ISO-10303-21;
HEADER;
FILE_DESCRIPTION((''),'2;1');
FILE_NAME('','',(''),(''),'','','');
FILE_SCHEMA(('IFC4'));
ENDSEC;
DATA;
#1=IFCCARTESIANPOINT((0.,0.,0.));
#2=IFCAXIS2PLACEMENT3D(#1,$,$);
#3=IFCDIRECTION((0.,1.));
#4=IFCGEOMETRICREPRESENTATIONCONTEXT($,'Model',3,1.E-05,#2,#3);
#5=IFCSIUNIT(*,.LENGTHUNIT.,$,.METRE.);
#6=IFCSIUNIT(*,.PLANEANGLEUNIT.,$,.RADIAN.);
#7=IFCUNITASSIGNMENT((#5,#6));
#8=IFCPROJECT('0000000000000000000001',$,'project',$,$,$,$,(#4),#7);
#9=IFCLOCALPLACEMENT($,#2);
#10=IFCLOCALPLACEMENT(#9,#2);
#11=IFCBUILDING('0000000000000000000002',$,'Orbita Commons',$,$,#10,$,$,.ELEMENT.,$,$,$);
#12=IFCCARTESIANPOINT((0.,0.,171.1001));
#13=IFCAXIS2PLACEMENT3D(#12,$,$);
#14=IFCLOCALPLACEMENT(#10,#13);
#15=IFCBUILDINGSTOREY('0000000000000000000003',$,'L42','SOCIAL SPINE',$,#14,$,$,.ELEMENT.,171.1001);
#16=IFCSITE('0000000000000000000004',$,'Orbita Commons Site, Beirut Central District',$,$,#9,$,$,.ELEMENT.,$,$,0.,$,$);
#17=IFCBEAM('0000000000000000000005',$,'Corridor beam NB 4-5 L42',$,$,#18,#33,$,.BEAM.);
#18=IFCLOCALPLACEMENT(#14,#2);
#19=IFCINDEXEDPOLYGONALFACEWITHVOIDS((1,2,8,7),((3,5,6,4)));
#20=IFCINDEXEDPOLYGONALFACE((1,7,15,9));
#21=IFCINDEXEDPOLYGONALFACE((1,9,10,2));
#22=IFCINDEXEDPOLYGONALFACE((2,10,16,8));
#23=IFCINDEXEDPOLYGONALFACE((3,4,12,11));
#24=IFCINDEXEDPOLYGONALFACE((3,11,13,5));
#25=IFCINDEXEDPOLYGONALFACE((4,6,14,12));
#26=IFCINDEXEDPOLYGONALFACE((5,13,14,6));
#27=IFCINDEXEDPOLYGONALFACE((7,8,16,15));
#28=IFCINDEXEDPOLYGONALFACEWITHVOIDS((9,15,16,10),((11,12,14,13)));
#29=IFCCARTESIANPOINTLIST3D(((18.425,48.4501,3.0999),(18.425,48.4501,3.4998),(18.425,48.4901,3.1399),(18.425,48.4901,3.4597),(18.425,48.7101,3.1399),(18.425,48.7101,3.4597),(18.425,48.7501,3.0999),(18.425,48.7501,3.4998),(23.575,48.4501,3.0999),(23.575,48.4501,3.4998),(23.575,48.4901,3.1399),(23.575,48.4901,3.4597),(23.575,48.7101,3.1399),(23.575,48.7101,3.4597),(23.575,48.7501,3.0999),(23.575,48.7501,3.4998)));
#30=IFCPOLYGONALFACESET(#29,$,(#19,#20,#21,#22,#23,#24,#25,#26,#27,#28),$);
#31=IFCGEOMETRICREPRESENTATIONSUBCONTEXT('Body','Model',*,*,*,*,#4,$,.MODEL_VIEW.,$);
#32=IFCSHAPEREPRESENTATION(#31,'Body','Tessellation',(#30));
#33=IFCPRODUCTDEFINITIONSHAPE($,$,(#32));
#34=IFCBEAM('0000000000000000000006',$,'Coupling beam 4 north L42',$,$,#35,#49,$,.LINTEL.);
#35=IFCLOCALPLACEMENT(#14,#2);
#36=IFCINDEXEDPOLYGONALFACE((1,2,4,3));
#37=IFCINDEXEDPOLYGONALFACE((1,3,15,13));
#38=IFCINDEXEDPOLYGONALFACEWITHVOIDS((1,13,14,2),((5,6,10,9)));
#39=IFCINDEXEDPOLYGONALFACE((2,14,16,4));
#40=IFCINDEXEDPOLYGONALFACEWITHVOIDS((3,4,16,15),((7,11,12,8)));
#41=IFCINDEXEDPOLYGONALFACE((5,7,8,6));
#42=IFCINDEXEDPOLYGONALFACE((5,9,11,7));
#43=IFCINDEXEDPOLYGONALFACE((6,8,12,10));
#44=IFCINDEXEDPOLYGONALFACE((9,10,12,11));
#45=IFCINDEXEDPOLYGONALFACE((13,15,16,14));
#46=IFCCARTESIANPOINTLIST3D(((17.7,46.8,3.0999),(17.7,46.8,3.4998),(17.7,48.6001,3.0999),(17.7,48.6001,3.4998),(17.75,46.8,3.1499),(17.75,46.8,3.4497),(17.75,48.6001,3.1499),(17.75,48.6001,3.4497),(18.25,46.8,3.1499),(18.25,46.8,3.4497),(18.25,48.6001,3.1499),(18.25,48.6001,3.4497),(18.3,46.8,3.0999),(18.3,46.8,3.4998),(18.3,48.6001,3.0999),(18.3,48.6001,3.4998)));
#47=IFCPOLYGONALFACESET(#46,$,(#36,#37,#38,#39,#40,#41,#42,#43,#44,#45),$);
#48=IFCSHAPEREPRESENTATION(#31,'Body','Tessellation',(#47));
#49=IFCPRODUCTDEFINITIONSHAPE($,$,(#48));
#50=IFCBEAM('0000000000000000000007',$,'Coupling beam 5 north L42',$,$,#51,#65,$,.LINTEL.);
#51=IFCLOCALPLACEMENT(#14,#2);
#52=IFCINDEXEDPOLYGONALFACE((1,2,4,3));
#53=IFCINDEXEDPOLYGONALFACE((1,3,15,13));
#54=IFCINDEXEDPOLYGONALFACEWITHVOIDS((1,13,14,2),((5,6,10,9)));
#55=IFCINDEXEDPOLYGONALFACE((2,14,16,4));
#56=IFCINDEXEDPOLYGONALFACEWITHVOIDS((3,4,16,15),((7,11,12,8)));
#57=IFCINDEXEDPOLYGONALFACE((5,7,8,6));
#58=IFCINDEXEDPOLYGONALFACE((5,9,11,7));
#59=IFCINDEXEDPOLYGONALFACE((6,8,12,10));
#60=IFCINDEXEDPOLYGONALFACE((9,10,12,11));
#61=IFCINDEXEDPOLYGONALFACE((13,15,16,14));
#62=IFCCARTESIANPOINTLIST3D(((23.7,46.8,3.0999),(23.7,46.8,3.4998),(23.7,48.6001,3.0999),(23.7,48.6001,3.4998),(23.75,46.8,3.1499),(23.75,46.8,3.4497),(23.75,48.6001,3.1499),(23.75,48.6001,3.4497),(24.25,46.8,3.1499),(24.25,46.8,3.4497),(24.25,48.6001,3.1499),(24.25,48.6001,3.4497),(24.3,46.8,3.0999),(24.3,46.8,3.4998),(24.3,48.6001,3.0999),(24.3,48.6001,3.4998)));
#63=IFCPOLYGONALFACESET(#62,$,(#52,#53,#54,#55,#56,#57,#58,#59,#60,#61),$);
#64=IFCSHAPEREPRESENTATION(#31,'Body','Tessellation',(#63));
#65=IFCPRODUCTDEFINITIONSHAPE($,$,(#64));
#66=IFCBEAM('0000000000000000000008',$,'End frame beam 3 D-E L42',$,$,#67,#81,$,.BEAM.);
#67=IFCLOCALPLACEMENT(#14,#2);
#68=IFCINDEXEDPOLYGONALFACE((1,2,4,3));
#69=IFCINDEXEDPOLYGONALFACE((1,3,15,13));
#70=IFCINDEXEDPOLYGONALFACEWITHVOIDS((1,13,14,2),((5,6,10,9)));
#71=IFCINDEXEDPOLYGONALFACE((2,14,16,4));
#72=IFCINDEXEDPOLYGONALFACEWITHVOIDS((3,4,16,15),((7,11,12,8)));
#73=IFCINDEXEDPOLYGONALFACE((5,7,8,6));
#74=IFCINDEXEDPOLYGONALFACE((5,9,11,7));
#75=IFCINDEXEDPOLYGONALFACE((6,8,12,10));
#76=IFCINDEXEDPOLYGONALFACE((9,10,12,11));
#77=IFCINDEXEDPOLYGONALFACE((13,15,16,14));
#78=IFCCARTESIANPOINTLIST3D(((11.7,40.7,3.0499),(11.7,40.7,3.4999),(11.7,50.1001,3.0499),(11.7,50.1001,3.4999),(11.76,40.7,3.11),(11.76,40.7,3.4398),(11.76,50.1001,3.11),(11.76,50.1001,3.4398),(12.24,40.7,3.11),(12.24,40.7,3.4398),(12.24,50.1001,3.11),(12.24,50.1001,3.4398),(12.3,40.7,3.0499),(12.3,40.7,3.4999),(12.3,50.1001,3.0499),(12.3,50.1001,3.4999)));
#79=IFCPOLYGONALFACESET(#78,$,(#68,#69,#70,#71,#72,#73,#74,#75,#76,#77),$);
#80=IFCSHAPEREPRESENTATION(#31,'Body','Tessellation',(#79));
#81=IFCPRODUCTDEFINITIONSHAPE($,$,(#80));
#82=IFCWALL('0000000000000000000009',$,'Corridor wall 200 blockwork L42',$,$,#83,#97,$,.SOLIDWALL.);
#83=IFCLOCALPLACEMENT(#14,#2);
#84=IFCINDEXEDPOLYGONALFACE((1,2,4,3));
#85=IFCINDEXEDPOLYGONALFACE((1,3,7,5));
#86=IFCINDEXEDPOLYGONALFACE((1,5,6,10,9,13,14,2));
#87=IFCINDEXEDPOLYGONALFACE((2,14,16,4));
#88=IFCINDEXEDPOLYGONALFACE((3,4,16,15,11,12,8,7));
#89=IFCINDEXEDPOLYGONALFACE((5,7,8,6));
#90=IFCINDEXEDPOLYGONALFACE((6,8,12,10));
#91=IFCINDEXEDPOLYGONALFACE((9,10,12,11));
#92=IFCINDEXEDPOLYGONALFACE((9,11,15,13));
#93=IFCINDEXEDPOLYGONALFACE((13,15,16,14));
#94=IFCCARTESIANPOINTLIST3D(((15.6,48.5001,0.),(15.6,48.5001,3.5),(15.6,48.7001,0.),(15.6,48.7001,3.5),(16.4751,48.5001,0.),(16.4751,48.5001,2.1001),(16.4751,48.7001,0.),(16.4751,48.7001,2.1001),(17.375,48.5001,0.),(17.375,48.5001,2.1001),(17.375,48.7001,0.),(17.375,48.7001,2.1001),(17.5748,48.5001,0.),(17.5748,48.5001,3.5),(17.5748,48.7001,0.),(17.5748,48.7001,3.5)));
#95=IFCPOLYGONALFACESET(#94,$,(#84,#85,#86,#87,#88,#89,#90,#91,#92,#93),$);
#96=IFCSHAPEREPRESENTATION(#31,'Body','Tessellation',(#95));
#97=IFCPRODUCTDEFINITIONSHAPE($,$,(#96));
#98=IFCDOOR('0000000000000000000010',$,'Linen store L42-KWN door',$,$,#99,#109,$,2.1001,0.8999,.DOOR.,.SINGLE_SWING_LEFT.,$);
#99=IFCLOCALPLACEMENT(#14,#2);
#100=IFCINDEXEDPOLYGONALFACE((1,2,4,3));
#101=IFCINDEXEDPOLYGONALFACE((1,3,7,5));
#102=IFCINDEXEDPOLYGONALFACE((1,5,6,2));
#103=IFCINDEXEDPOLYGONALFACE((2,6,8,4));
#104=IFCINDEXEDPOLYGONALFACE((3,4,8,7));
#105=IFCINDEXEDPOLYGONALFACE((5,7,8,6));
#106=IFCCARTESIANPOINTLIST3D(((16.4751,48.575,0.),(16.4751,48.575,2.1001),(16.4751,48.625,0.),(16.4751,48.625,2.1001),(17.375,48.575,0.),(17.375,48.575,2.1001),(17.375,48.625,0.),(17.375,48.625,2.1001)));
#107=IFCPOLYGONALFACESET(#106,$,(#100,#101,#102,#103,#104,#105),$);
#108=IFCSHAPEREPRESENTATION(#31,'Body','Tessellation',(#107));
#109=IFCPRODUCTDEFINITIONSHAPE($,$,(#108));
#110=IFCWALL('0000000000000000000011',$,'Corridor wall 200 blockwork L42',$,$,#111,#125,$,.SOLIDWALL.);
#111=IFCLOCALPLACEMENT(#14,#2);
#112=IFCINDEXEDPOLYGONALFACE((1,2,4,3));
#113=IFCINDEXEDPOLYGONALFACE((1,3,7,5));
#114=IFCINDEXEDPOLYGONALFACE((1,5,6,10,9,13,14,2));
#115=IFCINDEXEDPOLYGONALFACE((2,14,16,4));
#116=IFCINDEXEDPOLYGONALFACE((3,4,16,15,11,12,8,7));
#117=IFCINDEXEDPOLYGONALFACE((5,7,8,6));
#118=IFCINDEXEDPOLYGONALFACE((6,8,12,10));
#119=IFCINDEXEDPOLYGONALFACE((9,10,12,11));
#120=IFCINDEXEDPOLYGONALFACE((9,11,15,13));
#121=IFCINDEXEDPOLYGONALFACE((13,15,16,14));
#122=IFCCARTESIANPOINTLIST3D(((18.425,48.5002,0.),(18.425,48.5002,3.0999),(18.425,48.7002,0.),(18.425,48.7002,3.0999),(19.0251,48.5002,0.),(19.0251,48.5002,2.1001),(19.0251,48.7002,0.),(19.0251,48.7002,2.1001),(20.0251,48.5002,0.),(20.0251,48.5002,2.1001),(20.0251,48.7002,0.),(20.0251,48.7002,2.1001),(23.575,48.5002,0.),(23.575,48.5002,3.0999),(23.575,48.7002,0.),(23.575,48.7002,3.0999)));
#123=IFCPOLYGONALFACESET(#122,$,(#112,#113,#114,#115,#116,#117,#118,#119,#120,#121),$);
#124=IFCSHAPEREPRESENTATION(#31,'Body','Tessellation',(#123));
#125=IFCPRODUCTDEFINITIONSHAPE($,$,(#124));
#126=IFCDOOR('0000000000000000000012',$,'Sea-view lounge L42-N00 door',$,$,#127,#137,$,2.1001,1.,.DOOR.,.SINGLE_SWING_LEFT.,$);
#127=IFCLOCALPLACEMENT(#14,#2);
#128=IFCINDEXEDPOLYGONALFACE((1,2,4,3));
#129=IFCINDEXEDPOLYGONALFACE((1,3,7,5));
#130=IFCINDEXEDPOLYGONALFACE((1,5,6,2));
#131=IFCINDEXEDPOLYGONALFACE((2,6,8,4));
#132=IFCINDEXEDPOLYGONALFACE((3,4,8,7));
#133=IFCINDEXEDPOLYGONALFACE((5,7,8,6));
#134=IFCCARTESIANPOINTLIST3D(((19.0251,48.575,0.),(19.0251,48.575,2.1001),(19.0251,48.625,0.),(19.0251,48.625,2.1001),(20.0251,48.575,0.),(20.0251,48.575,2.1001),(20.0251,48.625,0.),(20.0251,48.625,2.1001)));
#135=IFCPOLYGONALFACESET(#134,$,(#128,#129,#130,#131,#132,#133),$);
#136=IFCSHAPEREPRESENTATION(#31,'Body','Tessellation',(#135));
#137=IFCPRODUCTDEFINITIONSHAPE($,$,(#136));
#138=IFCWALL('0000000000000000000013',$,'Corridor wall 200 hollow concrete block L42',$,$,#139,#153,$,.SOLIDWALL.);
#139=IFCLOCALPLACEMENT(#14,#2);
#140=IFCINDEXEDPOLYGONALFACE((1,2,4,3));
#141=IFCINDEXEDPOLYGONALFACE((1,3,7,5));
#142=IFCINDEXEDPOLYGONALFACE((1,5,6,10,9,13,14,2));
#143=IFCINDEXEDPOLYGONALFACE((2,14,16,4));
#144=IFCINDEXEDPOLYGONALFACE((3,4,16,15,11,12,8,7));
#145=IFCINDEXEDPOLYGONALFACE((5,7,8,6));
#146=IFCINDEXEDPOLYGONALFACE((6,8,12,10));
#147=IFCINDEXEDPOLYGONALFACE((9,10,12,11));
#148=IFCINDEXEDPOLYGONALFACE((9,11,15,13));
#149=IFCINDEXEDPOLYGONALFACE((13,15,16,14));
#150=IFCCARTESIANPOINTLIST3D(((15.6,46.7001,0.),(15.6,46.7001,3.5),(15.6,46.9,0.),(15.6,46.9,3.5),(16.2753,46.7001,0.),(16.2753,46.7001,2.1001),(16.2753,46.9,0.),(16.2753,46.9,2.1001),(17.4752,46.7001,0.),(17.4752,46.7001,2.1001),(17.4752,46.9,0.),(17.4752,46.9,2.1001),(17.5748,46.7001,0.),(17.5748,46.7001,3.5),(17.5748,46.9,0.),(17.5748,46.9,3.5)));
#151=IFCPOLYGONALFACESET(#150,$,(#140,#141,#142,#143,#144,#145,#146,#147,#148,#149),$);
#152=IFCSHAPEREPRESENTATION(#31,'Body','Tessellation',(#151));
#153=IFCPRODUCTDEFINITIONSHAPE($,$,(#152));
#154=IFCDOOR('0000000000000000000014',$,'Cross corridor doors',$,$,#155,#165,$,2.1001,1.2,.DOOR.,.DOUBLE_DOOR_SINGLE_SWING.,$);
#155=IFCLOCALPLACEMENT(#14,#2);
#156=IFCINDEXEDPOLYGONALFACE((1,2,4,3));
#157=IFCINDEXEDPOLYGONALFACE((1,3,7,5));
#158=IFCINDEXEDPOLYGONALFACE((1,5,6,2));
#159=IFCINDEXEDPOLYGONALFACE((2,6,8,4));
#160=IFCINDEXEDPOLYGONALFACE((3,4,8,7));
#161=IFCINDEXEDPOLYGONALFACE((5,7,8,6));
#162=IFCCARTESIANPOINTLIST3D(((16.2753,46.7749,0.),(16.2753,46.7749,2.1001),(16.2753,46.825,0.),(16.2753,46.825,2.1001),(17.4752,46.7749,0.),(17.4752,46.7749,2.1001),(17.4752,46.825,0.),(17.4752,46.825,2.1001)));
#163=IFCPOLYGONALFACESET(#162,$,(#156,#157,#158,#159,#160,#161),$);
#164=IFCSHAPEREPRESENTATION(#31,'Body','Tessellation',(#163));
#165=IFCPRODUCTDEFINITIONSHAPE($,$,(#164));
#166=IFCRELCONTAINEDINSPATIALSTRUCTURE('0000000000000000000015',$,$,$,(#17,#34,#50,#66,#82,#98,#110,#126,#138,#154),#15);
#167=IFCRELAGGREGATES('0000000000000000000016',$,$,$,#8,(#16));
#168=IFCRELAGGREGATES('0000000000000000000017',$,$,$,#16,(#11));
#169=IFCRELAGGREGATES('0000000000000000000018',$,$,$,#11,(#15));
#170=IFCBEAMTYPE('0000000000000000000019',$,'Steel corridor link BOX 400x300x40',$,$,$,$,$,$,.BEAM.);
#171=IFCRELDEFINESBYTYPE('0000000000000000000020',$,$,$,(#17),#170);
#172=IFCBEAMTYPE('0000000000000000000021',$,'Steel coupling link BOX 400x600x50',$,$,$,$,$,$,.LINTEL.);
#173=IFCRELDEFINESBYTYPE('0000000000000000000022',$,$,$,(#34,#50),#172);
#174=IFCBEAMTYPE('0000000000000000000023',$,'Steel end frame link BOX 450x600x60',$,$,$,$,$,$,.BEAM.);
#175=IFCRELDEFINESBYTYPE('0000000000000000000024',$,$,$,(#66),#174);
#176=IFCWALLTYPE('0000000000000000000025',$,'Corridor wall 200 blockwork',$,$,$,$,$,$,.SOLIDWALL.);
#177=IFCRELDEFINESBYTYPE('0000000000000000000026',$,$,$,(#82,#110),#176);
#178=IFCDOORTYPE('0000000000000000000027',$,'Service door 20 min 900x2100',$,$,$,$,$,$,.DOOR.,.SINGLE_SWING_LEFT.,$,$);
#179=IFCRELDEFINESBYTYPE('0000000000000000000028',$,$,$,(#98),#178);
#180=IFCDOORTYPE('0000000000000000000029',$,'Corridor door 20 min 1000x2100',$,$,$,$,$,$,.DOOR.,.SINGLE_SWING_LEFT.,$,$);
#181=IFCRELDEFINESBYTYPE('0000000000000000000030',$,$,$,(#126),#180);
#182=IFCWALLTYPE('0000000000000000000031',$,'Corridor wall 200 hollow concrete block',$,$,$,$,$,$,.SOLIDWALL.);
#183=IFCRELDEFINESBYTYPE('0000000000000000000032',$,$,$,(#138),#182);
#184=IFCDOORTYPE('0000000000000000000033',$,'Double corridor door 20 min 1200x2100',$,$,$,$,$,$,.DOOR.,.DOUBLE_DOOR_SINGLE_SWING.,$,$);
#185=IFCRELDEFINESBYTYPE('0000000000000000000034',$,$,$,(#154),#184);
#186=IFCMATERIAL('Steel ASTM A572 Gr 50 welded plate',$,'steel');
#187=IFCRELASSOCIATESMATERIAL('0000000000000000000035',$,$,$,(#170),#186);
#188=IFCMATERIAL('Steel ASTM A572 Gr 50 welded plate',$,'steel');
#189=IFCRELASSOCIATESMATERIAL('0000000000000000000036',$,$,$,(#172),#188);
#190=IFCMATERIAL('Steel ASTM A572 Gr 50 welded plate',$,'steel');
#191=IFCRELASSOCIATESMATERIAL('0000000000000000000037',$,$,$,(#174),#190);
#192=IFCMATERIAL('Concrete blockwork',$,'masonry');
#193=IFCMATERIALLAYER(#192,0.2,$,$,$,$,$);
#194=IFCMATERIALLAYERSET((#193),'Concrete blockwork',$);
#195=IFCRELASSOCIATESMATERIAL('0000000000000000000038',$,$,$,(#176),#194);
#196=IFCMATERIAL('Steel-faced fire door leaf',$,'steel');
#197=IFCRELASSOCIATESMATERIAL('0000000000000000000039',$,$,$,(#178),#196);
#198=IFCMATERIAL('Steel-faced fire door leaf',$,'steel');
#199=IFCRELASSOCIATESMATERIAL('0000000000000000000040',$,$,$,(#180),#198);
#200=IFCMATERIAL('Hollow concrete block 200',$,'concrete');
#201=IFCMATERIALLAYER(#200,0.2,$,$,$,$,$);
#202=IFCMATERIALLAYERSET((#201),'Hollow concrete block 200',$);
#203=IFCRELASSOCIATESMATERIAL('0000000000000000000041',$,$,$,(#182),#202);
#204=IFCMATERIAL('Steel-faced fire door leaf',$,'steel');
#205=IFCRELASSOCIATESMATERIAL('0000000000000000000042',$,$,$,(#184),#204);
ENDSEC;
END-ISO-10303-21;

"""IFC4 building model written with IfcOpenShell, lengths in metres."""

from ifc_helpers import new_model, si_unit, direction, frame, frame_2d, origin, origin_2d, place, context, subcontext, project, spatial, polyline, rectangle, hollow_rectangle, outline, extrude, material, layer, layer_set, material_profile, profile_set, type_object, element, fill, save


model = new_model("IFC4")

# Units and contexts
model_context = context("Model", 3, precision=1e-05, world=origin(), true_north=direction((0.0, 1.0)))
body_context = subcontext(model_context, "Body", "Model", "MODEL_VIEW")
ifc_project = project(units=[si_unit("LENGTHUNIT", "METRE"), si_unit("PLANEANGLEUNIT", "RADIAN")], contexts=[model_context])

# Site, building, storey
site_placement = place(None, origin())
site = spatial("IfcSite", under=ifc_project, at=site_placement, Name="Orbita Commons Site, Beirut Central District", CompositionType="ELEMENT", RefElevation=0.0)
building_placement = place(site_placement, origin())
building = spatial("IfcBuilding", under=site, at=building_placement, Name="Orbita Commons", CompositionType="ELEMENT")
storey_placement = place(building_placement, frame((0.0, 0.0, 171.1001)))
storey = spatial("IfcBuildingStorey", under=building, at=storey_placement, Name="L42", Description="SOCIAL SPINE", CompositionType="ELEMENT", Elevation=171.1001)

# Beams
ifc_material_1 = material(Name="Steel ASTM A572 Gr 50 welded plate", Category="steel")
ifc_material_profile_1 = material_profile(ifc_material_1, hollow_rectangle(XDim=0.3, YDim=0.3999, WallThickness=0.04, at=origin_2d()), Name="BOX 400x300x40")
ifc_profile_set_1 = profile_set([ifc_material_profile_1], Name="Steel ASTM A572 Gr 50 welded plate")
beam_type_1 = type_object("IfcBeamType", Name="Steel corridor link BOX 400x300x40", PredefinedType="BEAM", material=ifc_profile_set_1)
beam_1_placement = place(storey_placement, frame((18.425, 48.6001, 3.2998), z_axis=(1.0, 0.0, 0.0), x_axis=(0.0, 1.0, 0.0)))
element("IfcBeam", 1, at=beam_1_placement, inside=storey, type_object=beam_type_1, Name="Corridor beam NB 4-5 L42", PredefinedType="BEAM", context=body_context, shape_type="SweptSolid", body=[
    extrude(hollow_rectangle(XDim=0.3, YDim=0.3999, WallThickness=0.04, at=origin_2d()), origin(), (0.0, 0.0, 1.0), 5.1499),
])
ifc_material_2 = material(Name="Steel ASTM A572 Gr 50 welded plate", Category="steel")
ifc_material_profile_2 = material_profile(ifc_material_2, hollow_rectangle(XDim=0.6001, YDim=0.3999, WallThickness=0.05, at=origin_2d()), Name="BOX 400x600x50")
ifc_profile_set_2 = profile_set([ifc_material_profile_2], Name="Steel ASTM A572 Gr 50 welded plate")
beam_type_2 = type_object("IfcBeamType", Name="Steel coupling link BOX 400x600x50", PredefinedType="LINTEL", material=ifc_profile_set_2)
for number, where, z_axis, x_axis, name in (
    (2, (18.0, 46.8, 3.2998), (0.0, 1.0, 0.0), (-1.0, 0.0, 0.0), "Coupling beam 4 north L42"),
    (3, (24.0, 46.8, 3.2998), (0.0, 1.0, 0.0), (-1.0, 0.0, 0.0), "Coupling beam 5 north L42"),
):
    element("IfcBeam", number, at=place(storey_placement, frame(where, z_axis=z_axis, x_axis=x_axis)), inside=storey, type_object=beam_type_2, Name=name, PredefinedType="LINTEL", context=body_context, shape_type="SweptSolid", body=[
        extrude(hollow_rectangle(XDim=0.6001, YDim=0.3999, WallThickness=0.05, at=origin_2d()), origin(), (0.0, 0.0, 1.0), 1.8),
    ])
ifc_material_3 = material(Name="Steel ASTM A572 Gr 50 welded plate", Category="steel")
ifc_material_profile_3 = material_profile(ifc_material_3, hollow_rectangle(XDim=0.6001, YDim=0.45, WallThickness=0.0601, at=origin_2d()), Name="BOX 450x600x60")
ifc_profile_set_3 = profile_set([ifc_material_profile_3], Name="Steel ASTM A572 Gr 50 welded plate")
beam_type_3 = type_object("IfcBeamType", Name="Steel end frame link BOX 450x600x60", PredefinedType="BEAM", material=ifc_profile_set_3)
beam_2_placement = place(storey_placement, frame((12.0, 40.7, 3.2749), z_axis=(0.0, 1.0, 0.0), x_axis=(-1.0, 0.0, 0.0)))
element("IfcBeam", 4, at=beam_2_placement, inside=storey, type_object=beam_type_3, Name="End frame beam 3 D-E L42", PredefinedType="BEAM", context=body_context, shape_type="SweptSolid", body=[
    extrude(hollow_rectangle(XDim=0.6001, YDim=0.45, WallThickness=0.0601, at=origin_2d()), origin(), (0.0, 0.0, 1.0), 9.4001),
])

# Walls, openings, doors
ifc_material_4 = material(Name="Concrete blockwork", Category="masonry")
ifc_layer_1 = layer(ifc_material_4, 0.2)
ifc_layer_set_1 = layer_set([ifc_layer_1], Name="Concrete blockwork")
wall_type_1 = type_object("IfcWallType", Name="Corridor wall 200 blockwork", PredefinedType="SOLIDWALL", material=ifc_layer_set_1)
wall_1_placement = place(storey_placement, frame((15.6001, 48.6001, 0.0), z_axis=(0.0, 0.0, 1.0), x_axis=(1.0, 0.0, 0.0)))
wall_1 = element("IfcWall", 5, at=wall_1_placement, inside=storey, type_object=wall_type_1, Name="Corridor wall 200 blockwork L42", PredefinedType="SOLIDWALL", context=body_context, shape_type="SweptSolid", body=[
    extrude(rectangle(XDim=1.9749, YDim=0.2, at=frame_2d((0.9873, 0.0))), origin(), (0.0, 0.0, 1.0), 3.5),
])
opening_1_placement = place(wall_1_placement, frame((0.875, 0.0, 0.0)))
opening_1 = element("IfcOpeningElement", 6, at=opening_1_placement, cuts=wall_1, PredefinedType="OPENING", context=body_context, shape_type="SweptSolid", body=[
    extrude(rectangle(XDim=0.8999, YDim=2.1001, at=frame_2d((0.45, 1.05))), frame((0.0, 0.1099, 0.0), z_axis=(0.0, -1.0, 0.0), x_axis=(1.0, 0.0, 0.0)), (0.0, 0.0, 1.0), 0.22),
])
ifc_material_5 = material(Name="Steel-faced fire door leaf", Category="steel")
door_type_1 = type_object("IfcDoorType", Name="Service door 20 min 900x2100", OperationType="SINGLE_SWING_LEFT", PredefinedType="DOOR", material=ifc_material_5)
door_1_placement = place(opening_1_placement, origin())
door_1 = element("IfcDoor", 7, at=door_1_placement, inside=storey, type_object=door_type_1, Name="Linen store L42-KWN door", OperationType="SINGLE_SWING_LEFT", OverallHeight=2.1001, OverallWidth=0.8999, PredefinedType="DOOR", context=body_context, shape_type="SweptSolid", body=[
    extrude(rectangle(XDim=0.8999, YDim=2.1001, at=frame_2d((0.45, 1.05))), frame((0.0, 0.0249, 0.0), z_axis=(0.0, -1.0, 0.0), x_axis=(1.0, 0.0, 0.0)), (0.0, 0.0, 1.0), 0.05),
])
fill(opening_1, door_1)
wall_2_placement = place(storey_placement, frame((18.425, 48.6001, 0.0), z_axis=(0.0, 0.0, 1.0), x_axis=(1.0, 0.0, 0.0)))
wall_2 = element("IfcWall", 8, at=wall_2_placement, inside=storey, type_object=wall_type_1, Name="Corridor wall 200 blockwork L42", PredefinedType="SOLIDWALL", context=body_context, shape_type="SweptSolid", body=[
    extrude(outline(polyline([(0.0, 0.0), (5.1499, 0.0), (5.1499, 3.0999), (0.0, 3.0999), (0.0, 0.0)])), frame((0.0, 0.1001, 0.0), z_axis=(0.0, -1.0, 0.0), x_axis=(1.0, 0.0, 0.0)), (0.0, 0.0, 1.0), 0.2),
])
opening_2_placement = place(wall_2_placement, frame((0.6001, 0.0, 0.0)))
opening_2 = element("IfcOpeningElement", 9, at=opening_2_placement, cuts=wall_2, PredefinedType="OPENING", context=body_context, shape_type="SweptSolid", body=[
    extrude(rectangle(XDim=1.0, YDim=2.1001, at=frame_2d((0.5, 1.05))), frame((0.0, 0.1099, 0.0), z_axis=(0.0, -1.0, 0.0), x_axis=(1.0, 0.0, 0.0)), (0.0, 0.0, 1.0), 0.22),
])
ifc_material_6 = material(Name="Steel-faced fire door leaf", Category="steel")
door_type_2 = type_object("IfcDoorType", Name="Corridor door 20 min 1000x2100", OperationType="SINGLE_SWING_LEFT", PredefinedType="DOOR", material=ifc_material_6)
door_2_placement = place(opening_2_placement, origin())
door_2 = element("IfcDoor", 10, at=door_2_placement, inside=storey, type_object=door_type_2, Name="Sea-view lounge L42-N00 door", OperationType="SINGLE_SWING_LEFT", OverallHeight=2.1001, OverallWidth=1.0, PredefinedType="DOOR", context=body_context, shape_type="SweptSolid", body=[
    extrude(rectangle(XDim=1.0, YDim=2.1001, at=frame_2d((0.5, 1.05))), frame((0.0, 0.0249, 0.0), z_axis=(0.0, -1.0, 0.0), x_axis=(1.0, 0.0, 0.0)), (0.0, 0.0, 1.0), 0.05),
])
fill(opening_2, door_2)
ifc_material_7 = material(Name="Hollow concrete block 200", Category="concrete")
ifc_layer_2 = layer(ifc_material_7, 0.2)
ifc_layer_set_2 = layer_set([ifc_layer_2], Name="Hollow concrete block 200")
wall_type_2 = type_object("IfcWallType", Name="Corridor wall 200 hollow concrete block", PredefinedType="SOLIDWALL", material=ifc_layer_set_2)
wall_3_placement = place(storey_placement, frame((15.6001, 46.8, 0.0), z_axis=(0.0, 0.0, 1.0), x_axis=(1.0, 0.0, 0.0)))
wall_3 = element("IfcWall", 11, at=wall_3_placement, inside=storey, type_object=wall_type_2, Name="Corridor wall 200 hollow concrete block L42", PredefinedType="SOLIDWALL", context=body_context, shape_type="SweptSolid", body=[
    extrude(rectangle(XDim=1.9749, YDim=0.2, at=frame_2d((0.9873, 0.0))), origin(), (0.0, 0.0, 1.0), 3.5),
])
opening_3_placement = place(wall_3_placement, frame((0.675, 0.0, 0.0)))
opening_3 = element("IfcOpeningElement", 12, at=opening_3_placement, cuts=wall_3, PredefinedType="OPENING", context=body_context, shape_type="SweptSolid", body=[
    extrude(rectangle(XDim=1.2, YDim=2.1001, at=frame_2d((0.6001, 1.05))), frame((0.0, 0.1099, 0.0), z_axis=(0.0, -1.0, 0.0), x_axis=(1.0, 0.0, 0.0)), (0.0, 0.0, 1.0), 0.22),
])
ifc_material_8 = material(Name="Steel-faced fire door leaf", Category="steel")
door_type_3 = type_object("IfcDoorType", Name="Double corridor door 20 min 1200x2100", OperationType="DOUBLE_DOOR_SINGLE_SWING", PredefinedType="DOOR", material=ifc_material_8)
door_3_placement = place(opening_3_placement, origin())
door_3 = element("IfcDoor", 13, at=door_3_placement, inside=storey, type_object=door_type_3, Name="Cross corridor doors", OperationType="DOUBLE_DOOR_SINGLE_SWING", OverallHeight=2.1001, OverallWidth=1.2, PredefinedType="DOOR", context=body_context, shape_type="SweptSolid", body=[
    extrude(rectangle(XDim=1.2, YDim=2.1001, at=frame_2d((0.6001, 1.05))), frame((0.0, 0.0249, 0.0), z_axis=(0.0, -1.0, 0.0), x_axis=(1.0, 0.0, 0.0)), (0.0, 0.0, 1.0), 0.05),
])
fill(opening_3, door_3)

save(model, "model.ifc")
